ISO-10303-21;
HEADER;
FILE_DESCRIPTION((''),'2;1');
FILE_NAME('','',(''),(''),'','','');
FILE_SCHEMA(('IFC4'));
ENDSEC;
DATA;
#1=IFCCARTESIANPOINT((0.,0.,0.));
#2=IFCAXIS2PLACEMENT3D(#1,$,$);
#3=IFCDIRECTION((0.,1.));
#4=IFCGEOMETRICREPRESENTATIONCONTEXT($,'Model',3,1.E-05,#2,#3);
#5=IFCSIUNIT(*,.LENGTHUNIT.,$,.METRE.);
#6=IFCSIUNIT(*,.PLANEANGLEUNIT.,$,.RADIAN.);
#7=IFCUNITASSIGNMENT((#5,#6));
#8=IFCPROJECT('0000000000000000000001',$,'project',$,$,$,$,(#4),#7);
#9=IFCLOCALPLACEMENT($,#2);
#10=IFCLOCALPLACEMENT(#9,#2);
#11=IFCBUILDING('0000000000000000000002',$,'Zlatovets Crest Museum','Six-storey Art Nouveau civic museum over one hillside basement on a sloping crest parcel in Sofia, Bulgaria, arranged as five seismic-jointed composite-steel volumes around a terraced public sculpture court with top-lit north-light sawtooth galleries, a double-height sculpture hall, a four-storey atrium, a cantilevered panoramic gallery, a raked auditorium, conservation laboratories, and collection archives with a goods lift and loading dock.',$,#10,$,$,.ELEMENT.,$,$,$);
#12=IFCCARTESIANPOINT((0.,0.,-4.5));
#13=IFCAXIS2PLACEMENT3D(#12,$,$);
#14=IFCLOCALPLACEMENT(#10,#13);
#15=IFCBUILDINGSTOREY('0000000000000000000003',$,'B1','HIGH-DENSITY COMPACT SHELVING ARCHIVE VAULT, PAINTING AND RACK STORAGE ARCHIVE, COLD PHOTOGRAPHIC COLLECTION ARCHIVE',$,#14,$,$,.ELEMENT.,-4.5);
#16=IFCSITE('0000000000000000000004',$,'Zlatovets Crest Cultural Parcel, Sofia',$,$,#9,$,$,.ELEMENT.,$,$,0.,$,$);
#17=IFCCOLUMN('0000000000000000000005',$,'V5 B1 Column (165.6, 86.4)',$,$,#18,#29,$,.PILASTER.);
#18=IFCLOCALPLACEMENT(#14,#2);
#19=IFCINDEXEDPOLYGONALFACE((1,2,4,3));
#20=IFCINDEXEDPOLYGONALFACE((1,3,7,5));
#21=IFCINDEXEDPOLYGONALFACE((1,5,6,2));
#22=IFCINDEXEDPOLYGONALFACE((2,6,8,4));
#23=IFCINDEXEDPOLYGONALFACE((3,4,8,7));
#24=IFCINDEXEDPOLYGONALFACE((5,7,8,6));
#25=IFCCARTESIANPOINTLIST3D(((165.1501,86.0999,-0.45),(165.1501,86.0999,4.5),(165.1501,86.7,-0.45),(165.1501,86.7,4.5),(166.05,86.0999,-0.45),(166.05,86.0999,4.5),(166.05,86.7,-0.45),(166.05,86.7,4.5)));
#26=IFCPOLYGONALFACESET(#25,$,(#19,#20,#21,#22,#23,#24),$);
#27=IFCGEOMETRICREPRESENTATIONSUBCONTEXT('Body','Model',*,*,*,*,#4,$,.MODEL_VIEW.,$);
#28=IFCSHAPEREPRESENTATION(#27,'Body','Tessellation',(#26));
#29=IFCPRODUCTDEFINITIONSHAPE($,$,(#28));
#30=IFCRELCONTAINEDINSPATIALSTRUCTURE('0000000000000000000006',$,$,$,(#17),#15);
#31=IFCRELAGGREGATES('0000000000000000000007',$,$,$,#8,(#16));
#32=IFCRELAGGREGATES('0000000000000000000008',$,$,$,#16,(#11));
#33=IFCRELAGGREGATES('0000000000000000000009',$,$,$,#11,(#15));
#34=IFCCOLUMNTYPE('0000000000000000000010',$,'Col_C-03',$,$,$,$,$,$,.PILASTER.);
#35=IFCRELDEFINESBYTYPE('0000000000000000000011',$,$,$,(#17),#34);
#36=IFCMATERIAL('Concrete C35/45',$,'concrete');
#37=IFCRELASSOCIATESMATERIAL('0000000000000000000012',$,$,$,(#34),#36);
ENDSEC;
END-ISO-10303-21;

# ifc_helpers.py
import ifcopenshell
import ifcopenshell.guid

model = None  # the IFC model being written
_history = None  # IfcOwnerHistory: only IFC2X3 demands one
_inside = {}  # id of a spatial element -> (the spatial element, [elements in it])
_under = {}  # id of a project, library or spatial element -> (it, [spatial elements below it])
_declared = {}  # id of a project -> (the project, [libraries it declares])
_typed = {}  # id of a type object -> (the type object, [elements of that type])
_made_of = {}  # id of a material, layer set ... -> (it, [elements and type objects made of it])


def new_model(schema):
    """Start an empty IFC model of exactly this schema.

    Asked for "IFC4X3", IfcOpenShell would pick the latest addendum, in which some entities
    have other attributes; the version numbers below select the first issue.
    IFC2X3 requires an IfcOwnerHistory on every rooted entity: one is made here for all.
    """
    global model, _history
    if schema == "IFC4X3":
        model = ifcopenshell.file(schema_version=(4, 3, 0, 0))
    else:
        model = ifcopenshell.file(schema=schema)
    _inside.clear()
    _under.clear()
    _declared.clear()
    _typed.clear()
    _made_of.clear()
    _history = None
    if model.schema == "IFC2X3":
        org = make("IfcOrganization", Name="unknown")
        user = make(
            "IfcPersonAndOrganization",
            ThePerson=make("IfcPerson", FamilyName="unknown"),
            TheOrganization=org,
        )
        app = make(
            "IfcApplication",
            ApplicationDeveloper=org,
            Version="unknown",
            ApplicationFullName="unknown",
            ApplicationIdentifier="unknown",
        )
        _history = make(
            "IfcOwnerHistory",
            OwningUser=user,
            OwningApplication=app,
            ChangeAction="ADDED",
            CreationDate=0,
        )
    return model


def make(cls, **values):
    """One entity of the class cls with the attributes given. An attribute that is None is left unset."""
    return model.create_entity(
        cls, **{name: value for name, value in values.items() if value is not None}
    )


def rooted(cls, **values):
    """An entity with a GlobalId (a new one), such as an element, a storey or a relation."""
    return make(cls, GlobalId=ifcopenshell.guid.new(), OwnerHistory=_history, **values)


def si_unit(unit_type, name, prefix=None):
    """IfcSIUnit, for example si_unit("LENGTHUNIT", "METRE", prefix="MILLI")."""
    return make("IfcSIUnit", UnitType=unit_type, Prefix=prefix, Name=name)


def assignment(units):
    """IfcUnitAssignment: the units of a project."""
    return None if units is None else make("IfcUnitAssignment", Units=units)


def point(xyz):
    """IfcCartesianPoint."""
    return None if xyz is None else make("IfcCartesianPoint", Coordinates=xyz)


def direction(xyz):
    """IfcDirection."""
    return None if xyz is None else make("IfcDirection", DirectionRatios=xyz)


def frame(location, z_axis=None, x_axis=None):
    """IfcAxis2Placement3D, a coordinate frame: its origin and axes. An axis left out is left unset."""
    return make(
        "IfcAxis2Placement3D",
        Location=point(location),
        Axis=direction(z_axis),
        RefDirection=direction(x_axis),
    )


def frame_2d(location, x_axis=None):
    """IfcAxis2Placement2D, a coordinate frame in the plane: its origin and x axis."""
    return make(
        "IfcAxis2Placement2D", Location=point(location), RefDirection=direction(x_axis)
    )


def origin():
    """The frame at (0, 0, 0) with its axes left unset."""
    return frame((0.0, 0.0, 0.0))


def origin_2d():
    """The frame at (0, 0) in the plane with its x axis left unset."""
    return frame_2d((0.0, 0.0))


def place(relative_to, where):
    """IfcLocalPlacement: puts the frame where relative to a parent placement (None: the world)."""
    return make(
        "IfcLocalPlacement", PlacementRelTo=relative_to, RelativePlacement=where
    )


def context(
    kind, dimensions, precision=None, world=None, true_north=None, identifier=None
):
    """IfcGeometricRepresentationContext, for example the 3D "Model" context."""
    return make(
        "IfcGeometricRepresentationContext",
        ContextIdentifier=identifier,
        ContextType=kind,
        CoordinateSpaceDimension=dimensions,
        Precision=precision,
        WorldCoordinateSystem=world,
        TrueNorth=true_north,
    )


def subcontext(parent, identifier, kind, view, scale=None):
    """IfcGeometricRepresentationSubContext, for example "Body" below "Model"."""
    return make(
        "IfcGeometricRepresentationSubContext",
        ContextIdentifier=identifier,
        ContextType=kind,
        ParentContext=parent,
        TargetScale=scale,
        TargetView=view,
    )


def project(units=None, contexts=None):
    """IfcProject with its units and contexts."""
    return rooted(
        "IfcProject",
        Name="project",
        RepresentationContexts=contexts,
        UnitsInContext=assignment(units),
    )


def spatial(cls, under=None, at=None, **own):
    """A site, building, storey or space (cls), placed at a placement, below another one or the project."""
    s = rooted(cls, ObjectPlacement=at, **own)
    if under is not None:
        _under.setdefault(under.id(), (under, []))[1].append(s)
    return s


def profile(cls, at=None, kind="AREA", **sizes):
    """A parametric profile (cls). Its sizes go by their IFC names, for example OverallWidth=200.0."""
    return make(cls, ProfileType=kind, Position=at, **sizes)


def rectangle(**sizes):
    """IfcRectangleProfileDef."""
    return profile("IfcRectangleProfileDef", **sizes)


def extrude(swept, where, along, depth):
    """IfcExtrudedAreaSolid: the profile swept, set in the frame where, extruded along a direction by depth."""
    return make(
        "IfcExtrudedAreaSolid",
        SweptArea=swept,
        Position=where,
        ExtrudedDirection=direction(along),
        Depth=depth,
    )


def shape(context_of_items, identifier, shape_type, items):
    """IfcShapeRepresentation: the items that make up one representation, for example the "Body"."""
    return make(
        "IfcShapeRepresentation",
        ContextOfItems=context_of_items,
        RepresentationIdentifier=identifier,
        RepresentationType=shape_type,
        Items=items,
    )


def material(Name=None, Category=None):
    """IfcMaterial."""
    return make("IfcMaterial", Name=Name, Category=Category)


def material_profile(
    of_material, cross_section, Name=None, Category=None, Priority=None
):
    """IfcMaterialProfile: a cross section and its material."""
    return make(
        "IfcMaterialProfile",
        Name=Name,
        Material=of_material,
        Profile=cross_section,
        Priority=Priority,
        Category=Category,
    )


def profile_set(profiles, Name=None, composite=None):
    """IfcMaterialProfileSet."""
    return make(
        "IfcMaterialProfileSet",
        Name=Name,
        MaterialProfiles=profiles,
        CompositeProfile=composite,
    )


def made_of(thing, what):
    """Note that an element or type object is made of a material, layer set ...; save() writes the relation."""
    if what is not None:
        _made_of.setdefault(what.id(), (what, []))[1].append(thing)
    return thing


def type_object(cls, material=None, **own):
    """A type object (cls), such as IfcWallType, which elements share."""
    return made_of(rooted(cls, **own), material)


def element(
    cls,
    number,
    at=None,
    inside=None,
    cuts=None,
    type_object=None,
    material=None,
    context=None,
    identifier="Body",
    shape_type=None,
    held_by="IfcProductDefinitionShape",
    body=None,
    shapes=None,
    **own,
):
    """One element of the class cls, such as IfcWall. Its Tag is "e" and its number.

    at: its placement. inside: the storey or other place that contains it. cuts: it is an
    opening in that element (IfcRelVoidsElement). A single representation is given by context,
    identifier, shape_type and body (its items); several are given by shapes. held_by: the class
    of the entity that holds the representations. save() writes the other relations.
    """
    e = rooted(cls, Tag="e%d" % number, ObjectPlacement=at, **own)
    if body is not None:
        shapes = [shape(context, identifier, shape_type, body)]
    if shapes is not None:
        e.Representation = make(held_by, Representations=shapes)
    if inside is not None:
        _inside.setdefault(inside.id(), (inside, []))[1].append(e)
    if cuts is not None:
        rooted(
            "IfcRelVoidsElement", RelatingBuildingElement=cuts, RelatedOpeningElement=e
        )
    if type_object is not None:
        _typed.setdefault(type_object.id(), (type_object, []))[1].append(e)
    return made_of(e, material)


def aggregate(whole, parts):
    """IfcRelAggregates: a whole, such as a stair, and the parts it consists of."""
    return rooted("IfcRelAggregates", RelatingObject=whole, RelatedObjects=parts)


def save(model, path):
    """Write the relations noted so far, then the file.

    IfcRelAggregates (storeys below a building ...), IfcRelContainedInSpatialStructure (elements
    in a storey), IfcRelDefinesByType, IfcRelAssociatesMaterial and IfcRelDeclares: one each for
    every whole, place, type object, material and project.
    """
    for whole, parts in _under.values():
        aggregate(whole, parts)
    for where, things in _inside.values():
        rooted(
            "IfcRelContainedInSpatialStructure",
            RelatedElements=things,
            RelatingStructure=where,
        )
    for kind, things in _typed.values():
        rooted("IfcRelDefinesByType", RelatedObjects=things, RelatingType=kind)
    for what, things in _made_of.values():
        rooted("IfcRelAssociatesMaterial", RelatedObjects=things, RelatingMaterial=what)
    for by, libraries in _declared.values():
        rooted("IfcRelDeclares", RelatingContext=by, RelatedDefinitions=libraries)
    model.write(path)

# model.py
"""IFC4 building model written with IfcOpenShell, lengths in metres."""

from ifc_helpers import new_model, si_unit, direction, frame, origin, origin_2d, place, context, subcontext, project, spatial, rectangle, extrude, material, material_profile, profile_set, type_object, element, save


model = new_model("IFC4")

# Units and contexts
model_context = context("Model", 3, precision=1e-05, world=origin(), true_north=direction((0.0, 1.0)))
body_context = subcontext(model_context, "Body", "Model", "MODEL_VIEW")
ifc_project = project(units=[si_unit("LENGTHUNIT", "METRE"), si_unit("PLANEANGLEUNIT", "RADIAN")], contexts=[model_context])

# Site, building, storey
site_placement = place(None, origin())
site = spatial("IfcSite", under=ifc_project, at=site_placement, Name="Zlatovets Crest Cultural Parcel, Sofia", CompositionType="ELEMENT", RefElevation=0.0)
building_placement = place(site_placement, origin())
building = spatial("IfcBuilding", under=site, at=building_placement, Name="Zlatovets Crest Museum", Description="Six-storey Art Nouveau civic museum over one hillside basement on a sloping crest parcel in Sofia, Bulgaria, arranged as five seismic-jointed composite-steel volumes around a terraced public sculpture court with top-lit north-light sawtooth galleries, a double-height sculpture hall, a four-storey atrium, a cantilevered panoramic gallery, a raked auditorium, conservation laboratories, and collection archives with a goods lift and loading dock.", CompositionType="ELEMENT")
storey_placement = place(building_placement, frame((0.0, 0.0, -4.5)))
storey = spatial("IfcBuildingStorey", under=building, at=storey_placement, Name="B1", Description="HIGH-DENSITY COMPACT SHELVING ARCHIVE VAULT, PAINTING AND RACK STORAGE ARCHIVE, COLD PHOTOGRAPHIC COLLECTION ARCHIVE", CompositionType="ELEMENT", Elevation=-4.5)

# Shared definitions
ifc_material = material(Name="Concrete C35/45", Category="concrete")

# Column
ifc_material_profile_1 = material_profile(ifc_material, rectangle(XDim=0.6001, YDim=0.8999, at=origin_2d()), Name="RC 600x900")
ifc_profile_set_1 = profile_set([ifc_material_profile_1], Name="Concrete C35/45")
column_type_1 = type_object("IfcColumnType", Name="Col_C-03", PredefinedType="PILASTER", material=ifc_profile_set_1)
column_placement = place(storey_placement, frame((165.6001, 86.3999, -0.45), z_axis=(0.0, 0.0, 1.0), x_axis=(0.0, 1.0, 0.0)))
element("IfcColumn", 1, at=column_placement, inside=storey, type_object=column_type_1, Name="V5 B1 Column (165.6, 86.4)", PredefinedType="PILASTER", context=body_context, shape_type="SweptSolid", body=[
    extrude(rectangle(XDim=0.6001, YDim=0.8999, at=origin_2d()), origin(), (0.0, 0.0, 1.0), 4.95),
])

save(model, "model.ifc")
